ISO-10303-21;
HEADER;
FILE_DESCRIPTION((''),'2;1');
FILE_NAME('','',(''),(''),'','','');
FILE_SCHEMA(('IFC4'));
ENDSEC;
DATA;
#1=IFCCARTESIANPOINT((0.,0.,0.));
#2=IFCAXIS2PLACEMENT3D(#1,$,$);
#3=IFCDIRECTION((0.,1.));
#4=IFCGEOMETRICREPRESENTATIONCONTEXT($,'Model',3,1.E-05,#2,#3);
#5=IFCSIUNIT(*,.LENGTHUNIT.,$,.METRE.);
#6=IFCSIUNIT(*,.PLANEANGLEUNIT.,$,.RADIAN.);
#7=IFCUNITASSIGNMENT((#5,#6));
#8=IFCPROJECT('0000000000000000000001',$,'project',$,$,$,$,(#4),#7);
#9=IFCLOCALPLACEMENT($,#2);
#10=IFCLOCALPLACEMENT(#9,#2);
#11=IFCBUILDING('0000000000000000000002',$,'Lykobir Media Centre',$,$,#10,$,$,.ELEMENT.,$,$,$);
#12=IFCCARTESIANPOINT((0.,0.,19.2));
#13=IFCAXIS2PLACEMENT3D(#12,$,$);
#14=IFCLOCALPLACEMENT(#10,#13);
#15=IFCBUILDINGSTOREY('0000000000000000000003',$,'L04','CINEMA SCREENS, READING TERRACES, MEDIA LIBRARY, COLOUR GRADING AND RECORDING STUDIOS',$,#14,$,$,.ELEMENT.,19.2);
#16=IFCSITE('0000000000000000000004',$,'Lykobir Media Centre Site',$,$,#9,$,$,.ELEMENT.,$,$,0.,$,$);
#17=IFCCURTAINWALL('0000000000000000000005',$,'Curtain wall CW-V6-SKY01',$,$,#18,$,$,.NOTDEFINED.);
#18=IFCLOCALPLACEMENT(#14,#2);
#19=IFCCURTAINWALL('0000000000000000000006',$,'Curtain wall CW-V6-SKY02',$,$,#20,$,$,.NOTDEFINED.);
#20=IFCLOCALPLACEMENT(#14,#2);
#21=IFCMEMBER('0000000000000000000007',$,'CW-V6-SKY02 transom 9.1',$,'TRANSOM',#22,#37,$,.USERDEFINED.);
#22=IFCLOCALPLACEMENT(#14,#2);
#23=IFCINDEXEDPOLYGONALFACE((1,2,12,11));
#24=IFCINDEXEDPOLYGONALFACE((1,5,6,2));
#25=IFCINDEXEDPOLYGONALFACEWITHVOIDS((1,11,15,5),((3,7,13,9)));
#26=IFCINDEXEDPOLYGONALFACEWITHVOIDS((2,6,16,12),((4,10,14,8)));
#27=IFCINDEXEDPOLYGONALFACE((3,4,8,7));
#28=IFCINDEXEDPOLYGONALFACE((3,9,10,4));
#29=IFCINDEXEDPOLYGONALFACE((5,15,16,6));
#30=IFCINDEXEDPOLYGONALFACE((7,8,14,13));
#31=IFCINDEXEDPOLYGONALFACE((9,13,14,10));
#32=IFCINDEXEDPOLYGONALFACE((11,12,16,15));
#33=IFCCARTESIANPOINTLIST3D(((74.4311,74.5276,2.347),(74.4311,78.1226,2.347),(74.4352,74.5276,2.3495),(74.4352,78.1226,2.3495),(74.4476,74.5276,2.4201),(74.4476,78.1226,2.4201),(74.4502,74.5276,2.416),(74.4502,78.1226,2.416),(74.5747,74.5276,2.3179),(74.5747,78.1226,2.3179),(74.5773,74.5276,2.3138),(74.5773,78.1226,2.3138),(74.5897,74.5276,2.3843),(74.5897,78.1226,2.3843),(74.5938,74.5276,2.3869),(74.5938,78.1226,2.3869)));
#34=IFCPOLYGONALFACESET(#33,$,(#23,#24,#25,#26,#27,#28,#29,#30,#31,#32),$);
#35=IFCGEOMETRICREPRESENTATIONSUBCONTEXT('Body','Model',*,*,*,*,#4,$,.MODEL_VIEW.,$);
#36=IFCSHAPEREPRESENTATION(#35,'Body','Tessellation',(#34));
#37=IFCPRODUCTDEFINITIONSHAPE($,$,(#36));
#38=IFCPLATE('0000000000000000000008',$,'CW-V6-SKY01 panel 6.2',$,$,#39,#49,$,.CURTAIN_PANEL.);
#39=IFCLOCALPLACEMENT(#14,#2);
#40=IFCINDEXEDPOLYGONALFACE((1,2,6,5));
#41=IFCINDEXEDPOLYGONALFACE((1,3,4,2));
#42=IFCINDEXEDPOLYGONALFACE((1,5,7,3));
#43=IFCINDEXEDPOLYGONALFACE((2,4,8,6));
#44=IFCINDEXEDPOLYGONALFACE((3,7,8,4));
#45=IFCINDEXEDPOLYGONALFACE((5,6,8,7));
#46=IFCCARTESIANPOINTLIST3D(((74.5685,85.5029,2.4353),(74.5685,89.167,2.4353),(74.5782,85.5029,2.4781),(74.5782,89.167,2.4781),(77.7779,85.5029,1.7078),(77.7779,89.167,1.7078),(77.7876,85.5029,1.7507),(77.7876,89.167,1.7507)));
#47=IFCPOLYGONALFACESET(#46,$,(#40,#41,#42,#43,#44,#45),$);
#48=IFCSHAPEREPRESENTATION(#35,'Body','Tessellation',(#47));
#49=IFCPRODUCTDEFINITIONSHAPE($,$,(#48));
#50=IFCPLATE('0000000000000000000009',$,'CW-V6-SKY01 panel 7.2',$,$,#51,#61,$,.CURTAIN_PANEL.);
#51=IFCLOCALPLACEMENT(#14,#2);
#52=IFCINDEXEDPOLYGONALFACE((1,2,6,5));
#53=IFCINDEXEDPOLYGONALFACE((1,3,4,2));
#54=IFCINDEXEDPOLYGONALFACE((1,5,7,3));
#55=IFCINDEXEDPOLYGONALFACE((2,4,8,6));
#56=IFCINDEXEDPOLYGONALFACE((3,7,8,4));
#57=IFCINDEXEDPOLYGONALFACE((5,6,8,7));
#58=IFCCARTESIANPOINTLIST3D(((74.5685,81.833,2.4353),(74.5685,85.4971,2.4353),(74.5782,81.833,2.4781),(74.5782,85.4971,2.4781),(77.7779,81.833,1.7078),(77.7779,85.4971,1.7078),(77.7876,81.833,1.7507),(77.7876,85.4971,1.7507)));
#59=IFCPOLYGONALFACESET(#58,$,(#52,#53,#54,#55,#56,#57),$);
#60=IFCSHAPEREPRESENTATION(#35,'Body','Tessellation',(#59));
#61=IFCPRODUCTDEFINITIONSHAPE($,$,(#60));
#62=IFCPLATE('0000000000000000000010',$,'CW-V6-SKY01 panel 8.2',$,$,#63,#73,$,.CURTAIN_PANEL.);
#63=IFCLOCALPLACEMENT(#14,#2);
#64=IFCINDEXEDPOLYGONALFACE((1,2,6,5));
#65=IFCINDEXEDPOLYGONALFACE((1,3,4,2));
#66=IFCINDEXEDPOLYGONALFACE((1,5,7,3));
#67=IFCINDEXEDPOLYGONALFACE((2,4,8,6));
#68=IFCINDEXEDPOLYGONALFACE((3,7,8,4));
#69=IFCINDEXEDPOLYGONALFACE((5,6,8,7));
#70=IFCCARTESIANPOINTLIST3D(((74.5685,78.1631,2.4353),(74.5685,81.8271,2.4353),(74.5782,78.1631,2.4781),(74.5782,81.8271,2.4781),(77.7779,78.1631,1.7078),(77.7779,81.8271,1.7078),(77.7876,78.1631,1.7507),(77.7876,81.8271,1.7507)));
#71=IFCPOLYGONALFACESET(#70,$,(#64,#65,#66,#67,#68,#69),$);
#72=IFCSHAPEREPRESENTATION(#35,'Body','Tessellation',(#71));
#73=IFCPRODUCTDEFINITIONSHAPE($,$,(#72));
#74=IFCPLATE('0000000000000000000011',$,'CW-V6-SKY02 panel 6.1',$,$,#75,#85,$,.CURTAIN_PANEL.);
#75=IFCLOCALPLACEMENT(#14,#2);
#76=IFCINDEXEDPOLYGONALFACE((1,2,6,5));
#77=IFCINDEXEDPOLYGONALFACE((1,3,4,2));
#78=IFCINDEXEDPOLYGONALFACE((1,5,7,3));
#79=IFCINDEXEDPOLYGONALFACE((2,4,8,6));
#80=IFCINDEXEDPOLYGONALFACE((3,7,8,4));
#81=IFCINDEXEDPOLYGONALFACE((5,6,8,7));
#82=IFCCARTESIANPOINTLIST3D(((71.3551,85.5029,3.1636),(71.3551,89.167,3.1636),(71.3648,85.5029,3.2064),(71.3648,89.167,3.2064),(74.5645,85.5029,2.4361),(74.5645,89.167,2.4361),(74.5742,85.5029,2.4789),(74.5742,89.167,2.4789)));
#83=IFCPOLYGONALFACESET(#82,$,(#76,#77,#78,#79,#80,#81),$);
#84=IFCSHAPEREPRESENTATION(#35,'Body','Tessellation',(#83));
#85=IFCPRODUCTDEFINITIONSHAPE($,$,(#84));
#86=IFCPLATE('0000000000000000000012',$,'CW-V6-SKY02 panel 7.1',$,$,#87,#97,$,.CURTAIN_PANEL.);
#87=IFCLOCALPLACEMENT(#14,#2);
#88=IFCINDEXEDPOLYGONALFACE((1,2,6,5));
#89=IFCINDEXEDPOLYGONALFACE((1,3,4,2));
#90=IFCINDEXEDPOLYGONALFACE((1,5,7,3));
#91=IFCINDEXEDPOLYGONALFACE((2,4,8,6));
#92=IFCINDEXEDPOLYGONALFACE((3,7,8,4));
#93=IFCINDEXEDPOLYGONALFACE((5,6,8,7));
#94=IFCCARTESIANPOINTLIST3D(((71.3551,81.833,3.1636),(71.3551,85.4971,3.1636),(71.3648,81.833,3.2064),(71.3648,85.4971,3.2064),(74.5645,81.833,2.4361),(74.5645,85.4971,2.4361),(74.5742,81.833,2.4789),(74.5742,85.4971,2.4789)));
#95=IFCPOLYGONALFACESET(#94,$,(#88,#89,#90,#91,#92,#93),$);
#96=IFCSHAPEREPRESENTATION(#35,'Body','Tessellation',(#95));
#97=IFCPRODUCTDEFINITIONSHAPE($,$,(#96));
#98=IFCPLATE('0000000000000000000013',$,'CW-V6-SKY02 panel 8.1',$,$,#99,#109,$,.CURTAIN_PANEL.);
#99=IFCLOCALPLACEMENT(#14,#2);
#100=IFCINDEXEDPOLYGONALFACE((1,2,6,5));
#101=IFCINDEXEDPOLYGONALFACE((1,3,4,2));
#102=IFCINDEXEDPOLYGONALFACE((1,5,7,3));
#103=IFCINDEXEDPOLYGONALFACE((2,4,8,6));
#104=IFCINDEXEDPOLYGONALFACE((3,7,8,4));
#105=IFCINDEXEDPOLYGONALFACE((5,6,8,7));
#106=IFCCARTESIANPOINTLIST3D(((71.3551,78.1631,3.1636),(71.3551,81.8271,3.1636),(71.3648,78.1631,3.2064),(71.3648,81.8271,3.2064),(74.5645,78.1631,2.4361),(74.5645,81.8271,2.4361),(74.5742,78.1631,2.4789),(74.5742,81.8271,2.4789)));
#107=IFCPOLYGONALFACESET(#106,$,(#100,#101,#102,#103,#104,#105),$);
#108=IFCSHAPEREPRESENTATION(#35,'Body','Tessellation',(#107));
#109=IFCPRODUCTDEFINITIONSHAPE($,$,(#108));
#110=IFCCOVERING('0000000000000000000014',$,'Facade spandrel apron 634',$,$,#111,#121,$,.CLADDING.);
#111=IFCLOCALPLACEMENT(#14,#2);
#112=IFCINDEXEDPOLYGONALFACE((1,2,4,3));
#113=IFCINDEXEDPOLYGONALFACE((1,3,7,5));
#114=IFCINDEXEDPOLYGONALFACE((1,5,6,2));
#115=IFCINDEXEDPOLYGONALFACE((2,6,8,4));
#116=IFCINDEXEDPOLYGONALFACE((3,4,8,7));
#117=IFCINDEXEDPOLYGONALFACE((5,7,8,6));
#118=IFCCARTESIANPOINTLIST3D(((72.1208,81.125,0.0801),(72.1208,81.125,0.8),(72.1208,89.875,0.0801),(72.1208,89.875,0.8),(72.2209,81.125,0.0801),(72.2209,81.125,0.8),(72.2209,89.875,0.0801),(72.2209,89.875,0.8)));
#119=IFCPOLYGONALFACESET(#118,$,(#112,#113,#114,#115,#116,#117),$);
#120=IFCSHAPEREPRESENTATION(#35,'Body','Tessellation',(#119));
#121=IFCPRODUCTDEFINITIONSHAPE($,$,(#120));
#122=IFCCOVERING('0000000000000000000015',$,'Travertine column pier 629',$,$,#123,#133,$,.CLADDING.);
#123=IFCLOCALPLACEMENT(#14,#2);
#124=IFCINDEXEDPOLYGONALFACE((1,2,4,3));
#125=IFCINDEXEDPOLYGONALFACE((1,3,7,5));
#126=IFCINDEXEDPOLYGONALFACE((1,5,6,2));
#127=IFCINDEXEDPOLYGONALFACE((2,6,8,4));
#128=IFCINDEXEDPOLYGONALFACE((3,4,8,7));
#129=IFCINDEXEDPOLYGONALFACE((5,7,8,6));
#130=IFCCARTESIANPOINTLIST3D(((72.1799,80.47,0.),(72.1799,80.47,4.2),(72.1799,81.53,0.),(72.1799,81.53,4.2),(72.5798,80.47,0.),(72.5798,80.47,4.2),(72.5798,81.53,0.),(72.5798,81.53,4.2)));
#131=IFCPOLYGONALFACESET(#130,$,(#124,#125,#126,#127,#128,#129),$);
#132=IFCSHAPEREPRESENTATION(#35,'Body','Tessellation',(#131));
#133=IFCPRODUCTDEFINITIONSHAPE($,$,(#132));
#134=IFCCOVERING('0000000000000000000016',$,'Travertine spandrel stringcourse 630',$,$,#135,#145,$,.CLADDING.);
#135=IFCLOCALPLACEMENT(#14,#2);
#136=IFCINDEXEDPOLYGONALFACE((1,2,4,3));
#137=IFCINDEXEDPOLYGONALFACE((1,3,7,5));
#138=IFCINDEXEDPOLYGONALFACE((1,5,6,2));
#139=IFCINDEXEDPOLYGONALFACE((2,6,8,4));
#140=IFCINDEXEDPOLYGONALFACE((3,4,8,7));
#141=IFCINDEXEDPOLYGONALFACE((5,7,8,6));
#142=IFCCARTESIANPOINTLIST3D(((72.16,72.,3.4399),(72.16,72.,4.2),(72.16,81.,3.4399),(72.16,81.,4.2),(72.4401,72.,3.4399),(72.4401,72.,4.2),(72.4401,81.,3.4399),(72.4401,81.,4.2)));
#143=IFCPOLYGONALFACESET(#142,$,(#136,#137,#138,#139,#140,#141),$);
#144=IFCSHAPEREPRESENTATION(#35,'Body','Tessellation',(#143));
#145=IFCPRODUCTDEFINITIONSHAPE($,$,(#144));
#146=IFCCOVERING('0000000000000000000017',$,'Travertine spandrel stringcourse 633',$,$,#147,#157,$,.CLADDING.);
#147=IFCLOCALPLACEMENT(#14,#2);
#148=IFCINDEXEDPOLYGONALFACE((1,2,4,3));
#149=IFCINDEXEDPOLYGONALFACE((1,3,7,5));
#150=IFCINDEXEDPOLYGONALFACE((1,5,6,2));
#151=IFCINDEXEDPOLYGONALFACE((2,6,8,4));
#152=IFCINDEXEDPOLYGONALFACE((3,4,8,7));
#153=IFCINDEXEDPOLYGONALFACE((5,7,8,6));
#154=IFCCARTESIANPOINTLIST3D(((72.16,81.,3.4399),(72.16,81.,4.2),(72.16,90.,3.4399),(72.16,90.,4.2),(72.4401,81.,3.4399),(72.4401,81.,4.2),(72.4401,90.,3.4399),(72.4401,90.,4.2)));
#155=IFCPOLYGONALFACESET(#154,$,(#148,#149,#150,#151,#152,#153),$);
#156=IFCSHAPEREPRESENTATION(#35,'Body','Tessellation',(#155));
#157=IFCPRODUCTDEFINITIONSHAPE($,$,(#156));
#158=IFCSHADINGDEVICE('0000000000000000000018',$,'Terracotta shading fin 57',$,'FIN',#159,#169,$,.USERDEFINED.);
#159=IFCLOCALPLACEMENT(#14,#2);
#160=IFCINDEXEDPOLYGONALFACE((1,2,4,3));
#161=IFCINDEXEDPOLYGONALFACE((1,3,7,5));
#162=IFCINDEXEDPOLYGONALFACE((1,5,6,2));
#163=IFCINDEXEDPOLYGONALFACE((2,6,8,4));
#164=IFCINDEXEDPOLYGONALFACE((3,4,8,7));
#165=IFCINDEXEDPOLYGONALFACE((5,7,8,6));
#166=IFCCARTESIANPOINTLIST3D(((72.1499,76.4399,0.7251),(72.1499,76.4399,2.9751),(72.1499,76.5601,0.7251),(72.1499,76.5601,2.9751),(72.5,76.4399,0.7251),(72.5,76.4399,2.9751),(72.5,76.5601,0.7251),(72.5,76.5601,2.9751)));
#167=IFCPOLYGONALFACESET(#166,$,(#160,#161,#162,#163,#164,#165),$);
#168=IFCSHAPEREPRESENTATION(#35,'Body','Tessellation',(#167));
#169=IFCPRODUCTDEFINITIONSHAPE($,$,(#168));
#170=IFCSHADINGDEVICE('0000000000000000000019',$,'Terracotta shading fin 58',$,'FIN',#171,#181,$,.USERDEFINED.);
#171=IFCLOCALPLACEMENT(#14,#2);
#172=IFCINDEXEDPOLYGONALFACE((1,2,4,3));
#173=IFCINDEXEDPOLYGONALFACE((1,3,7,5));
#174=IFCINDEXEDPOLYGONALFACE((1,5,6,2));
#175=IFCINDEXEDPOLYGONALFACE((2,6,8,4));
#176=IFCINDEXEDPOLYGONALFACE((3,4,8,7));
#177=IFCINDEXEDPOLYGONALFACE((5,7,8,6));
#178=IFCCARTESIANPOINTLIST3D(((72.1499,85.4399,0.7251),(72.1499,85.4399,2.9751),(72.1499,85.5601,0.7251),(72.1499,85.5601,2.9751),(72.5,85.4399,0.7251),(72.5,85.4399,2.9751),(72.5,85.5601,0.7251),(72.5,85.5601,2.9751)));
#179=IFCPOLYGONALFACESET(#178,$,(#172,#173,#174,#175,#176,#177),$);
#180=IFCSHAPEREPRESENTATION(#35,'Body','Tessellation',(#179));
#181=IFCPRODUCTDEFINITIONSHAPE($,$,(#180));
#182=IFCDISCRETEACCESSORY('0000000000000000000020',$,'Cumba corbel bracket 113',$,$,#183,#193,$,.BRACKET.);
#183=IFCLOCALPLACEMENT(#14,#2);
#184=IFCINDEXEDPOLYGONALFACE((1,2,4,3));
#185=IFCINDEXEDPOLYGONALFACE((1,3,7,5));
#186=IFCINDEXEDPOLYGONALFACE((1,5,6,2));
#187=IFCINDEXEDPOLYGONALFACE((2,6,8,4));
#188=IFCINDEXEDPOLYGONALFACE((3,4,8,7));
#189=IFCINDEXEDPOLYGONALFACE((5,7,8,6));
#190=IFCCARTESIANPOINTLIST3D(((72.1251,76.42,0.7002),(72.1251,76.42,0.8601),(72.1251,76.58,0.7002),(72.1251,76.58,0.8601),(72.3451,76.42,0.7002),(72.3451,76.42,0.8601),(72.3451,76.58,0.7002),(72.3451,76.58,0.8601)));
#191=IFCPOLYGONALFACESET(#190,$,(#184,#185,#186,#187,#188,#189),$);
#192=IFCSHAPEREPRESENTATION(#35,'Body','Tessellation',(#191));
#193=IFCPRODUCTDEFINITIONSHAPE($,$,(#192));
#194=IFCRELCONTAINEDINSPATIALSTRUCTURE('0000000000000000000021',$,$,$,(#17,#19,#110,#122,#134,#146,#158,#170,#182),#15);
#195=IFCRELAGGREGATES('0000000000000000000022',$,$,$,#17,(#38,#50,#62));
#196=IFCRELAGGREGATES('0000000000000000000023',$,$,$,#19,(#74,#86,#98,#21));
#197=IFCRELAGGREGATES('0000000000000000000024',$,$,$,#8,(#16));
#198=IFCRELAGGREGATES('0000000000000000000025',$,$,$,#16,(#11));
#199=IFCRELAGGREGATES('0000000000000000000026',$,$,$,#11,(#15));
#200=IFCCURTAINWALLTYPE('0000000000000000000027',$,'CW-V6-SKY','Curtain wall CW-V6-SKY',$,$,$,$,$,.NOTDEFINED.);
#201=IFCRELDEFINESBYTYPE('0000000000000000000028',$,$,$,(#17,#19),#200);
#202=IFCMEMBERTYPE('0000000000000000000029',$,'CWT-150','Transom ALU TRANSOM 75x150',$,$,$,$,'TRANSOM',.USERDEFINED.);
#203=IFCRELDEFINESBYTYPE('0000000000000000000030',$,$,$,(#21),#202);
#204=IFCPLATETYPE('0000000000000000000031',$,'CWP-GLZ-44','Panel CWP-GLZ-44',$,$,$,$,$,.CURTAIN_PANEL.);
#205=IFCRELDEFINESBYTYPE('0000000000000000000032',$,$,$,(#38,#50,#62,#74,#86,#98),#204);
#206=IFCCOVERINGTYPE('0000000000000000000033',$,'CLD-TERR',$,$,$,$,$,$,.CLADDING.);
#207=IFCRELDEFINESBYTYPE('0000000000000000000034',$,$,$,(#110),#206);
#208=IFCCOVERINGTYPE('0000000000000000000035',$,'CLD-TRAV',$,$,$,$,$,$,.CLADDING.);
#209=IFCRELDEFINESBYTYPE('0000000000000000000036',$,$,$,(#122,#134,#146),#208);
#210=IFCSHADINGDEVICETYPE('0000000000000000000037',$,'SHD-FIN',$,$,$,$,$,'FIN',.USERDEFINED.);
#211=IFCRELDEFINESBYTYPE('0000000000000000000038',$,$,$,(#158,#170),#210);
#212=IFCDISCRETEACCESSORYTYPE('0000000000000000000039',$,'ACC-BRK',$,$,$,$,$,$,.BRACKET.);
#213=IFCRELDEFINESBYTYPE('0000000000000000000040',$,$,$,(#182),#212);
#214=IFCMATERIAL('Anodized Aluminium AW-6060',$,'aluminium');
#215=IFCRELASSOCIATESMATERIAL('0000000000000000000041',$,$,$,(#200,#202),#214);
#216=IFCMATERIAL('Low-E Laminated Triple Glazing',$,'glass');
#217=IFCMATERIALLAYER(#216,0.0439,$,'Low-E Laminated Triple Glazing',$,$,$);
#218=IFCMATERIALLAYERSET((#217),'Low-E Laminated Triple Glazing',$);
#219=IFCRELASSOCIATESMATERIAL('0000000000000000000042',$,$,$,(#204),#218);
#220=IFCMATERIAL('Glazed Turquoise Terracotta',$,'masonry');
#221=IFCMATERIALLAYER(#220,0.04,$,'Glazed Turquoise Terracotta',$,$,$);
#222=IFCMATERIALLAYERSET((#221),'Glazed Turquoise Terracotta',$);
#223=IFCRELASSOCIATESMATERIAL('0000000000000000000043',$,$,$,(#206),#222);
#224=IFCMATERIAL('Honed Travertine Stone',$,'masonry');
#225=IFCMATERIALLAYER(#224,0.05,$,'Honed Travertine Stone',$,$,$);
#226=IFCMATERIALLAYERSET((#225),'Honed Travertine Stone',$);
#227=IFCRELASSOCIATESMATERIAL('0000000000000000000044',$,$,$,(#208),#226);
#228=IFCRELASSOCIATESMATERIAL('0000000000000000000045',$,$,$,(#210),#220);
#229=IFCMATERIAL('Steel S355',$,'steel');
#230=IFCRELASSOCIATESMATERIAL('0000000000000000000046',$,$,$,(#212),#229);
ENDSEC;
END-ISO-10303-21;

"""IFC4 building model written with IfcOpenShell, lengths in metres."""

from ifc_helpers import new_model, si_unit, direction, frame, origin, origin_2d, place, context, subcontext, project, spatial, rectangle, hollow_rectangle, extrude, material, layer, layer_set, material_profile, profile_set, type_object, element, aggregate, save


model = new_model("IFC4")

# Units and contexts
model_context = context("Model", 3, precision=1e-05, world=origin(), true_north=direction((0.0, 1.0)))
body_context = subcontext(model_context, "Body", "Model", "MODEL_VIEW")
ifc_project = project(units=[si_unit("LENGTHUNIT", "METRE"), si_unit("PLANEANGLEUNIT", "RADIAN")], contexts=[model_context])

# Site, building, storey
site_placement = place(None, origin())
site = spatial("IfcSite", under=ifc_project, at=site_placement, Name="Lykobir Media Centre Site", CompositionType="ELEMENT", RefElevation=0.0)
building_placement = place(site_placement, origin())
building = spatial("IfcBuilding", under=site, at=building_placement, Name="Lykobir Media Centre", CompositionType="ELEMENT")
storey_placement = place(building_placement, frame((0.0, 0.0, 19.2)))
storey = spatial("IfcBuildingStorey", under=building, at=storey_placement, Name="L04", Description="CINEMA SCREENS, READING TERRACES, MEDIA LIBRARY, COLOUR GRADING AND RECORDING STUDIOS", CompositionType="ELEMENT", Elevation=19.2)

# Shared definitions
ifc_material_1 = material(Name="Steel S355", Category="steel")

# Curtain walls, member
ifc_material_2 = material(Name="Anodized Aluminium AW-6060", Category="aluminium")
curtain_wall_type = type_object("IfcCurtainWallType", Name="CW-V6-SKY", Description="Curtain wall CW-V6-SKY", PredefinedType="NOTDEFINED", material=ifc_material_2)
curtain_wall_1_placement = place(storey_placement, origin())
curtain_wall_1 = element("IfcCurtainWall", 1, at=curtain_wall_1_placement, inside=storey, type_object=curtain_wall_type, Name="Curtain wall CW-V6-SKY01", PredefinedType="NOTDEFINED")
ifc_material_profile_1 = material_profile(ifc_material_2, hollow_rectangle(XDim=0.075, YDim=0.1499, WallThickness=0.0034, at=origin_2d()), Name="ALU TRANSOM 75x150")
ifc_profile_set_1 = profile_set([ifc_material_profile_1], Name="Anodized Aluminium AW-6060")
member_type_1 = type_object("IfcMemberType", Name="CWT-150", Description="Transom ALU TRANSOM 75x150", ElementType="TRANSOM", PredefinedType="USERDEFINED", material=ifc_profile_set_1)
curtain_wall_2_placement = place(storey_placement, origin())
curtain_wall_2 = element("IfcCurtainWall", 2, at=curtain_wall_2_placement, inside=storey, type_object=curtain_wall_type, Name="Curtain wall CW-V6-SKY02", PredefinedType="NOTDEFINED")
member_1_placement = place(storey_placement, frame((74.5125, 78.1226, 2.3669), z_axis=(0.0, -1.0, 0.0), x_axis=(0.221072, 0.0, 0.975258)))
member_1 = element("IfcMember", 3, at=member_1_placement, type_object=member_type_1, Name="CW-V6-SKY02 transom 9.1", ObjectType="TRANSOM", PredefinedType="USERDEFINED", context=body_context, shape_type="SweptSolid", body=[
    extrude(hollow_rectangle(XDim=0.075, YDim=0.1499, WallThickness=0.0034, at=origin_2d()), origin(), (0.0, 0.0, 1.0), 3.595),
])

# Plates
ifc_material_3 = material(Name="Low-E Laminated Triple Glazing", Category="glass")
ifc_layer_1 = layer(ifc_material_3, 0.0439, Name="Low-E Laminated Triple Glazing")
ifc_layer_set_1 = layer_set([ifc_layer_1], Name="Low-E Laminated Triple Glazing")
plate_type = type_object("IfcPlateType", Name="CWP-GLZ-44", Description="Panel CWP-GLZ-44", PredefinedType="CURTAIN_PANEL", material=ifc_layer_set_1)
plate_1_placement = place(storey_placement, frame((77.7827, 87.335, 1.7292), z_axis=(-0.975261, 0.0, 0.221055), x_axis=(0.0, -1.0, 0.0)))
plate_1 = element("IfcPlate", 4, at=plate_1_placement, type_object=plate_type, Name="CW-V6-SKY01 panel 6.2", PredefinedType="CURTAIN_PANEL", context=body_context, shape_type="SweptSolid", body=[
    extrude(rectangle(XDim=3.6641, YDim=0.0439, at=origin_2d()), origin(), (0.0, 0.0, 1.0), 3.2908),
])
plate_2_placement = place(storey_placement, frame((77.7827, 83.665, 1.7292), z_axis=(-0.975261, 0.0, 0.221055), x_axis=(0.0, -1.0, 0.0)))
plate_2 = element("IfcPlate", 5, at=plate_2_placement, type_object=plate_type, Name="CW-V6-SKY01 panel 7.2", PredefinedType="CURTAIN_PANEL", context=body_context, shape_type="SweptSolid", body=[
    extrude(rectangle(XDim=3.6641, YDim=0.0439, at=origin_2d()), origin(), (0.0, 0.0, 1.0), 3.2908),
])
plate_3_placement = place(storey_placement, frame((77.7827, 79.9951, 1.7292), z_axis=(-0.975261, 0.0, 0.221055), x_axis=(0.0, -1.0, 0.0)))
plate_3 = element("IfcPlate", 6, at=plate_3_placement, type_object=plate_type, Name="CW-V6-SKY01 panel 8.2", PredefinedType="CURTAIN_PANEL", context=body_context, shape_type="SweptSolid", body=[
    extrude(rectangle(XDim=3.6641, YDim=0.0439, at=origin_2d()), origin(), (0.0, 0.0, 1.0), 3.2908),
])
aggregate(curtain_wall_1, [plate_1, plate_2, plate_3])
plate_4_placement = place(storey_placement, frame((74.5693, 87.335, 2.4575), z_axis=(-0.975258, 0.0, 0.221072), x_axis=(0.0, -1.0, 0.0)))
plate_4 = element("IfcPlate", 7, at=plate_4_placement, type_object=plate_type, Name="CW-V6-SKY02 panel 6.1", PredefinedType="CURTAIN_PANEL", context=body_context, shape_type="SweptSolid", body=[
    extrude(rectangle(XDim=3.6641, YDim=0.0439, at=origin_2d()), origin(), (0.0, 0.0, 1.0), 3.2908),
])
plate_5_placement = place(storey_placement, frame((74.5693, 83.665, 2.4575), z_axis=(-0.975258, 0.0, 0.221072), x_axis=(0.0, -1.0, 0.0)))
plate_5 = element("IfcPlate", 8, at=plate_5_placement, type_object=plate_type, Name="CW-V6-SKY02 panel 7.1", PredefinedType="CURTAIN_PANEL", context=body_context, shape_type="SweptSolid", body=[
    extrude(rectangle(XDim=3.6641, YDim=0.0439, at=origin_2d()), origin(), (0.0, 0.0, 1.0), 3.2908),
])
plate_6_placement = place(storey_placement, frame((74.5693, 79.9951, 2.4575), z_axis=(-0.975258, 0.0, 0.221072), x_axis=(0.0, -1.0, 0.0)))
plate_6 = element("IfcPlate", 9, at=plate_6_placement, type_object=plate_type, Name="CW-V6-SKY02 panel 8.1", PredefinedType="CURTAIN_PANEL", context=body_context, shape_type="SweptSolid", body=[
    extrude(rectangle(XDim=3.6641, YDim=0.0439, at=origin_2d()), origin(), (0.0, 0.0, 1.0), 3.2908),
])
aggregate(curtain_wall_2, [plate_4, plate_5, plate_6, member_1])

# Coverings
ifc_material_4 = material(Name="Glazed Turquoise Terracotta", Category="masonry")
ifc_layer_2 = layer(ifc_material_4, 0.04, Name="Glazed Turquoise Terracotta")
ifc_layer_set_2 = layer_set([ifc_layer_2], Name="Glazed Turquoise Terracotta")
covering_type_1 = type_object("IfcCoveringType", Name="CLD-TERR", PredefinedType="CLADDING", material=ifc_layer_set_2)
covering_1_placement = place(storey_placement, frame((72.1709, 85.5, 0.0801), z_axis=(0.0, 0.0, 1.0), x_axis=(0.0, 1.0, 0.0)))
element("IfcCovering", 10, at=covering_1_placement, inside=storey, type_object=covering_type_1, Name="Facade spandrel apron 634", PredefinedType="CLADDING", context=body_context, shape_type="SweptSolid", body=[
    extrude(rectangle(XDim=8.75, YDim=0.1001, at=origin_2d()), origin(), (0.0, 0.0, 1.0), 0.72),
])
ifc_material_5 = material(Name="Honed Travertine Stone", Category="masonry")
ifc_layer_3 = layer(ifc_material_5, 0.05, Name="Honed Travertine Stone")
ifc_layer_set_3 = layer_set([ifc_layer_3], Name="Honed Travertine Stone")
covering_type_2 = type_object("IfcCoveringType", Name="CLD-TRAV", PredefinedType="CLADDING", material=ifc_layer_set_3)
covering_2_placement = place(storey_placement, frame((72.3799, 81.0, 0.0), z_axis=(0.0, 0.0, 1.0), x_axis=(0.0, 1.0, 0.0)))
element("IfcCovering", 11, at=covering_2_placement, inside=storey, type_object=covering_type_2, Name="Travertine column pier 629", PredefinedType="CLADDING", context=body_context, shape_type="SweptSolid", body=[
    extrude(rectangle(XDim=1.0601, YDim=0.3999, at=origin_2d()), origin(), (0.0, 0.0, 1.0), 4.2),
])
for number, where, z_axis, x_axis, name in (
    (12, (72.3, 76.5, 3.4399), (0.0, 0.0, 1.0), (0.0, 1.0, 0.0), "Travertine spandrel stringcourse 630"),
    (13, (72.3, 85.5, 3.4399), (0.0, 0.0, 1.0), (0.0, 1.0, 0.0), "Travertine spandrel stringcourse 633"),
):
    element("IfcCovering", number, at=place(storey_placement, frame(where, z_axis=z_axis, x_axis=x_axis)), inside=storey, type_object=covering_type_2, Name=name, PredefinedType="CLADDING", context=body_context, shape_type="SweptSolid", body=[
        extrude(rectangle(XDim=9.0, YDim=0.28, at=origin_2d()), origin(), (0.0, 0.0, 1.0), 0.76),
    ])

# Shading devices
shading_device_type = type_object("IfcShadingDeviceType", Name="SHD-FIN", ElementType="FIN", PredefinedType="USERDEFINED", material=ifc_material_4)
for number, where, z_axis, x_axis, name in (
    (14, (72.325, 76.5, 0.7251), (0.0, 0.0, 1.0), (0.0, 1.0, 0.0), "Terracotta shading fin 57"),
    (15, (72.325, 85.5, 0.7251), (0.0, 0.0, 1.0), (0.0, 1.0, 0.0), "Terracotta shading fin 58"),
):
    element("IfcShadingDevice", number, at=place(storey_placement, frame(where, z_axis=z_axis, x_axis=x_axis)), inside=storey, type_object=shading_device_type, Name=name, ObjectType="FIN", PredefinedType="USERDEFINED", context=body_context, shape_type="SweptSolid", body=[
        extrude(rectangle(XDim=0.1201, YDim=0.3501, at=origin_2d()), origin(), (0.0, 0.0, 1.0), 2.25),
    ])

# Discrete accessory
discrete_accessory_type = type_object("IfcDiscreteAccessoryType", Name="ACC-BRK", PredefinedType="BRACKET", material=ifc_material_1)
for number, where, z_axis, x_axis, name in (
    (16, (72.2351, 76.5, 0.7002), (0.0, 0.0, 1.0), (0.0, 1.0, 0.0), "Cumba corbel bracket 113"),
):
    element("IfcDiscreteAccessory", number, at=place(storey_placement, frame(where, z_axis=z_axis, x_axis=x_axis)), inside=storey, type_object=discrete_accessory_type, Name=name, PredefinedType="BRACKET", context=body_context, shape_type="SweptSolid", body=[
        extrude(rectangle(XDim=0.1599, YDim=0.22, at=origin_2d()), origin(), (0.0, 0.0, 1.0), 0.1599),
    ])

save(model, "model.ifc")
